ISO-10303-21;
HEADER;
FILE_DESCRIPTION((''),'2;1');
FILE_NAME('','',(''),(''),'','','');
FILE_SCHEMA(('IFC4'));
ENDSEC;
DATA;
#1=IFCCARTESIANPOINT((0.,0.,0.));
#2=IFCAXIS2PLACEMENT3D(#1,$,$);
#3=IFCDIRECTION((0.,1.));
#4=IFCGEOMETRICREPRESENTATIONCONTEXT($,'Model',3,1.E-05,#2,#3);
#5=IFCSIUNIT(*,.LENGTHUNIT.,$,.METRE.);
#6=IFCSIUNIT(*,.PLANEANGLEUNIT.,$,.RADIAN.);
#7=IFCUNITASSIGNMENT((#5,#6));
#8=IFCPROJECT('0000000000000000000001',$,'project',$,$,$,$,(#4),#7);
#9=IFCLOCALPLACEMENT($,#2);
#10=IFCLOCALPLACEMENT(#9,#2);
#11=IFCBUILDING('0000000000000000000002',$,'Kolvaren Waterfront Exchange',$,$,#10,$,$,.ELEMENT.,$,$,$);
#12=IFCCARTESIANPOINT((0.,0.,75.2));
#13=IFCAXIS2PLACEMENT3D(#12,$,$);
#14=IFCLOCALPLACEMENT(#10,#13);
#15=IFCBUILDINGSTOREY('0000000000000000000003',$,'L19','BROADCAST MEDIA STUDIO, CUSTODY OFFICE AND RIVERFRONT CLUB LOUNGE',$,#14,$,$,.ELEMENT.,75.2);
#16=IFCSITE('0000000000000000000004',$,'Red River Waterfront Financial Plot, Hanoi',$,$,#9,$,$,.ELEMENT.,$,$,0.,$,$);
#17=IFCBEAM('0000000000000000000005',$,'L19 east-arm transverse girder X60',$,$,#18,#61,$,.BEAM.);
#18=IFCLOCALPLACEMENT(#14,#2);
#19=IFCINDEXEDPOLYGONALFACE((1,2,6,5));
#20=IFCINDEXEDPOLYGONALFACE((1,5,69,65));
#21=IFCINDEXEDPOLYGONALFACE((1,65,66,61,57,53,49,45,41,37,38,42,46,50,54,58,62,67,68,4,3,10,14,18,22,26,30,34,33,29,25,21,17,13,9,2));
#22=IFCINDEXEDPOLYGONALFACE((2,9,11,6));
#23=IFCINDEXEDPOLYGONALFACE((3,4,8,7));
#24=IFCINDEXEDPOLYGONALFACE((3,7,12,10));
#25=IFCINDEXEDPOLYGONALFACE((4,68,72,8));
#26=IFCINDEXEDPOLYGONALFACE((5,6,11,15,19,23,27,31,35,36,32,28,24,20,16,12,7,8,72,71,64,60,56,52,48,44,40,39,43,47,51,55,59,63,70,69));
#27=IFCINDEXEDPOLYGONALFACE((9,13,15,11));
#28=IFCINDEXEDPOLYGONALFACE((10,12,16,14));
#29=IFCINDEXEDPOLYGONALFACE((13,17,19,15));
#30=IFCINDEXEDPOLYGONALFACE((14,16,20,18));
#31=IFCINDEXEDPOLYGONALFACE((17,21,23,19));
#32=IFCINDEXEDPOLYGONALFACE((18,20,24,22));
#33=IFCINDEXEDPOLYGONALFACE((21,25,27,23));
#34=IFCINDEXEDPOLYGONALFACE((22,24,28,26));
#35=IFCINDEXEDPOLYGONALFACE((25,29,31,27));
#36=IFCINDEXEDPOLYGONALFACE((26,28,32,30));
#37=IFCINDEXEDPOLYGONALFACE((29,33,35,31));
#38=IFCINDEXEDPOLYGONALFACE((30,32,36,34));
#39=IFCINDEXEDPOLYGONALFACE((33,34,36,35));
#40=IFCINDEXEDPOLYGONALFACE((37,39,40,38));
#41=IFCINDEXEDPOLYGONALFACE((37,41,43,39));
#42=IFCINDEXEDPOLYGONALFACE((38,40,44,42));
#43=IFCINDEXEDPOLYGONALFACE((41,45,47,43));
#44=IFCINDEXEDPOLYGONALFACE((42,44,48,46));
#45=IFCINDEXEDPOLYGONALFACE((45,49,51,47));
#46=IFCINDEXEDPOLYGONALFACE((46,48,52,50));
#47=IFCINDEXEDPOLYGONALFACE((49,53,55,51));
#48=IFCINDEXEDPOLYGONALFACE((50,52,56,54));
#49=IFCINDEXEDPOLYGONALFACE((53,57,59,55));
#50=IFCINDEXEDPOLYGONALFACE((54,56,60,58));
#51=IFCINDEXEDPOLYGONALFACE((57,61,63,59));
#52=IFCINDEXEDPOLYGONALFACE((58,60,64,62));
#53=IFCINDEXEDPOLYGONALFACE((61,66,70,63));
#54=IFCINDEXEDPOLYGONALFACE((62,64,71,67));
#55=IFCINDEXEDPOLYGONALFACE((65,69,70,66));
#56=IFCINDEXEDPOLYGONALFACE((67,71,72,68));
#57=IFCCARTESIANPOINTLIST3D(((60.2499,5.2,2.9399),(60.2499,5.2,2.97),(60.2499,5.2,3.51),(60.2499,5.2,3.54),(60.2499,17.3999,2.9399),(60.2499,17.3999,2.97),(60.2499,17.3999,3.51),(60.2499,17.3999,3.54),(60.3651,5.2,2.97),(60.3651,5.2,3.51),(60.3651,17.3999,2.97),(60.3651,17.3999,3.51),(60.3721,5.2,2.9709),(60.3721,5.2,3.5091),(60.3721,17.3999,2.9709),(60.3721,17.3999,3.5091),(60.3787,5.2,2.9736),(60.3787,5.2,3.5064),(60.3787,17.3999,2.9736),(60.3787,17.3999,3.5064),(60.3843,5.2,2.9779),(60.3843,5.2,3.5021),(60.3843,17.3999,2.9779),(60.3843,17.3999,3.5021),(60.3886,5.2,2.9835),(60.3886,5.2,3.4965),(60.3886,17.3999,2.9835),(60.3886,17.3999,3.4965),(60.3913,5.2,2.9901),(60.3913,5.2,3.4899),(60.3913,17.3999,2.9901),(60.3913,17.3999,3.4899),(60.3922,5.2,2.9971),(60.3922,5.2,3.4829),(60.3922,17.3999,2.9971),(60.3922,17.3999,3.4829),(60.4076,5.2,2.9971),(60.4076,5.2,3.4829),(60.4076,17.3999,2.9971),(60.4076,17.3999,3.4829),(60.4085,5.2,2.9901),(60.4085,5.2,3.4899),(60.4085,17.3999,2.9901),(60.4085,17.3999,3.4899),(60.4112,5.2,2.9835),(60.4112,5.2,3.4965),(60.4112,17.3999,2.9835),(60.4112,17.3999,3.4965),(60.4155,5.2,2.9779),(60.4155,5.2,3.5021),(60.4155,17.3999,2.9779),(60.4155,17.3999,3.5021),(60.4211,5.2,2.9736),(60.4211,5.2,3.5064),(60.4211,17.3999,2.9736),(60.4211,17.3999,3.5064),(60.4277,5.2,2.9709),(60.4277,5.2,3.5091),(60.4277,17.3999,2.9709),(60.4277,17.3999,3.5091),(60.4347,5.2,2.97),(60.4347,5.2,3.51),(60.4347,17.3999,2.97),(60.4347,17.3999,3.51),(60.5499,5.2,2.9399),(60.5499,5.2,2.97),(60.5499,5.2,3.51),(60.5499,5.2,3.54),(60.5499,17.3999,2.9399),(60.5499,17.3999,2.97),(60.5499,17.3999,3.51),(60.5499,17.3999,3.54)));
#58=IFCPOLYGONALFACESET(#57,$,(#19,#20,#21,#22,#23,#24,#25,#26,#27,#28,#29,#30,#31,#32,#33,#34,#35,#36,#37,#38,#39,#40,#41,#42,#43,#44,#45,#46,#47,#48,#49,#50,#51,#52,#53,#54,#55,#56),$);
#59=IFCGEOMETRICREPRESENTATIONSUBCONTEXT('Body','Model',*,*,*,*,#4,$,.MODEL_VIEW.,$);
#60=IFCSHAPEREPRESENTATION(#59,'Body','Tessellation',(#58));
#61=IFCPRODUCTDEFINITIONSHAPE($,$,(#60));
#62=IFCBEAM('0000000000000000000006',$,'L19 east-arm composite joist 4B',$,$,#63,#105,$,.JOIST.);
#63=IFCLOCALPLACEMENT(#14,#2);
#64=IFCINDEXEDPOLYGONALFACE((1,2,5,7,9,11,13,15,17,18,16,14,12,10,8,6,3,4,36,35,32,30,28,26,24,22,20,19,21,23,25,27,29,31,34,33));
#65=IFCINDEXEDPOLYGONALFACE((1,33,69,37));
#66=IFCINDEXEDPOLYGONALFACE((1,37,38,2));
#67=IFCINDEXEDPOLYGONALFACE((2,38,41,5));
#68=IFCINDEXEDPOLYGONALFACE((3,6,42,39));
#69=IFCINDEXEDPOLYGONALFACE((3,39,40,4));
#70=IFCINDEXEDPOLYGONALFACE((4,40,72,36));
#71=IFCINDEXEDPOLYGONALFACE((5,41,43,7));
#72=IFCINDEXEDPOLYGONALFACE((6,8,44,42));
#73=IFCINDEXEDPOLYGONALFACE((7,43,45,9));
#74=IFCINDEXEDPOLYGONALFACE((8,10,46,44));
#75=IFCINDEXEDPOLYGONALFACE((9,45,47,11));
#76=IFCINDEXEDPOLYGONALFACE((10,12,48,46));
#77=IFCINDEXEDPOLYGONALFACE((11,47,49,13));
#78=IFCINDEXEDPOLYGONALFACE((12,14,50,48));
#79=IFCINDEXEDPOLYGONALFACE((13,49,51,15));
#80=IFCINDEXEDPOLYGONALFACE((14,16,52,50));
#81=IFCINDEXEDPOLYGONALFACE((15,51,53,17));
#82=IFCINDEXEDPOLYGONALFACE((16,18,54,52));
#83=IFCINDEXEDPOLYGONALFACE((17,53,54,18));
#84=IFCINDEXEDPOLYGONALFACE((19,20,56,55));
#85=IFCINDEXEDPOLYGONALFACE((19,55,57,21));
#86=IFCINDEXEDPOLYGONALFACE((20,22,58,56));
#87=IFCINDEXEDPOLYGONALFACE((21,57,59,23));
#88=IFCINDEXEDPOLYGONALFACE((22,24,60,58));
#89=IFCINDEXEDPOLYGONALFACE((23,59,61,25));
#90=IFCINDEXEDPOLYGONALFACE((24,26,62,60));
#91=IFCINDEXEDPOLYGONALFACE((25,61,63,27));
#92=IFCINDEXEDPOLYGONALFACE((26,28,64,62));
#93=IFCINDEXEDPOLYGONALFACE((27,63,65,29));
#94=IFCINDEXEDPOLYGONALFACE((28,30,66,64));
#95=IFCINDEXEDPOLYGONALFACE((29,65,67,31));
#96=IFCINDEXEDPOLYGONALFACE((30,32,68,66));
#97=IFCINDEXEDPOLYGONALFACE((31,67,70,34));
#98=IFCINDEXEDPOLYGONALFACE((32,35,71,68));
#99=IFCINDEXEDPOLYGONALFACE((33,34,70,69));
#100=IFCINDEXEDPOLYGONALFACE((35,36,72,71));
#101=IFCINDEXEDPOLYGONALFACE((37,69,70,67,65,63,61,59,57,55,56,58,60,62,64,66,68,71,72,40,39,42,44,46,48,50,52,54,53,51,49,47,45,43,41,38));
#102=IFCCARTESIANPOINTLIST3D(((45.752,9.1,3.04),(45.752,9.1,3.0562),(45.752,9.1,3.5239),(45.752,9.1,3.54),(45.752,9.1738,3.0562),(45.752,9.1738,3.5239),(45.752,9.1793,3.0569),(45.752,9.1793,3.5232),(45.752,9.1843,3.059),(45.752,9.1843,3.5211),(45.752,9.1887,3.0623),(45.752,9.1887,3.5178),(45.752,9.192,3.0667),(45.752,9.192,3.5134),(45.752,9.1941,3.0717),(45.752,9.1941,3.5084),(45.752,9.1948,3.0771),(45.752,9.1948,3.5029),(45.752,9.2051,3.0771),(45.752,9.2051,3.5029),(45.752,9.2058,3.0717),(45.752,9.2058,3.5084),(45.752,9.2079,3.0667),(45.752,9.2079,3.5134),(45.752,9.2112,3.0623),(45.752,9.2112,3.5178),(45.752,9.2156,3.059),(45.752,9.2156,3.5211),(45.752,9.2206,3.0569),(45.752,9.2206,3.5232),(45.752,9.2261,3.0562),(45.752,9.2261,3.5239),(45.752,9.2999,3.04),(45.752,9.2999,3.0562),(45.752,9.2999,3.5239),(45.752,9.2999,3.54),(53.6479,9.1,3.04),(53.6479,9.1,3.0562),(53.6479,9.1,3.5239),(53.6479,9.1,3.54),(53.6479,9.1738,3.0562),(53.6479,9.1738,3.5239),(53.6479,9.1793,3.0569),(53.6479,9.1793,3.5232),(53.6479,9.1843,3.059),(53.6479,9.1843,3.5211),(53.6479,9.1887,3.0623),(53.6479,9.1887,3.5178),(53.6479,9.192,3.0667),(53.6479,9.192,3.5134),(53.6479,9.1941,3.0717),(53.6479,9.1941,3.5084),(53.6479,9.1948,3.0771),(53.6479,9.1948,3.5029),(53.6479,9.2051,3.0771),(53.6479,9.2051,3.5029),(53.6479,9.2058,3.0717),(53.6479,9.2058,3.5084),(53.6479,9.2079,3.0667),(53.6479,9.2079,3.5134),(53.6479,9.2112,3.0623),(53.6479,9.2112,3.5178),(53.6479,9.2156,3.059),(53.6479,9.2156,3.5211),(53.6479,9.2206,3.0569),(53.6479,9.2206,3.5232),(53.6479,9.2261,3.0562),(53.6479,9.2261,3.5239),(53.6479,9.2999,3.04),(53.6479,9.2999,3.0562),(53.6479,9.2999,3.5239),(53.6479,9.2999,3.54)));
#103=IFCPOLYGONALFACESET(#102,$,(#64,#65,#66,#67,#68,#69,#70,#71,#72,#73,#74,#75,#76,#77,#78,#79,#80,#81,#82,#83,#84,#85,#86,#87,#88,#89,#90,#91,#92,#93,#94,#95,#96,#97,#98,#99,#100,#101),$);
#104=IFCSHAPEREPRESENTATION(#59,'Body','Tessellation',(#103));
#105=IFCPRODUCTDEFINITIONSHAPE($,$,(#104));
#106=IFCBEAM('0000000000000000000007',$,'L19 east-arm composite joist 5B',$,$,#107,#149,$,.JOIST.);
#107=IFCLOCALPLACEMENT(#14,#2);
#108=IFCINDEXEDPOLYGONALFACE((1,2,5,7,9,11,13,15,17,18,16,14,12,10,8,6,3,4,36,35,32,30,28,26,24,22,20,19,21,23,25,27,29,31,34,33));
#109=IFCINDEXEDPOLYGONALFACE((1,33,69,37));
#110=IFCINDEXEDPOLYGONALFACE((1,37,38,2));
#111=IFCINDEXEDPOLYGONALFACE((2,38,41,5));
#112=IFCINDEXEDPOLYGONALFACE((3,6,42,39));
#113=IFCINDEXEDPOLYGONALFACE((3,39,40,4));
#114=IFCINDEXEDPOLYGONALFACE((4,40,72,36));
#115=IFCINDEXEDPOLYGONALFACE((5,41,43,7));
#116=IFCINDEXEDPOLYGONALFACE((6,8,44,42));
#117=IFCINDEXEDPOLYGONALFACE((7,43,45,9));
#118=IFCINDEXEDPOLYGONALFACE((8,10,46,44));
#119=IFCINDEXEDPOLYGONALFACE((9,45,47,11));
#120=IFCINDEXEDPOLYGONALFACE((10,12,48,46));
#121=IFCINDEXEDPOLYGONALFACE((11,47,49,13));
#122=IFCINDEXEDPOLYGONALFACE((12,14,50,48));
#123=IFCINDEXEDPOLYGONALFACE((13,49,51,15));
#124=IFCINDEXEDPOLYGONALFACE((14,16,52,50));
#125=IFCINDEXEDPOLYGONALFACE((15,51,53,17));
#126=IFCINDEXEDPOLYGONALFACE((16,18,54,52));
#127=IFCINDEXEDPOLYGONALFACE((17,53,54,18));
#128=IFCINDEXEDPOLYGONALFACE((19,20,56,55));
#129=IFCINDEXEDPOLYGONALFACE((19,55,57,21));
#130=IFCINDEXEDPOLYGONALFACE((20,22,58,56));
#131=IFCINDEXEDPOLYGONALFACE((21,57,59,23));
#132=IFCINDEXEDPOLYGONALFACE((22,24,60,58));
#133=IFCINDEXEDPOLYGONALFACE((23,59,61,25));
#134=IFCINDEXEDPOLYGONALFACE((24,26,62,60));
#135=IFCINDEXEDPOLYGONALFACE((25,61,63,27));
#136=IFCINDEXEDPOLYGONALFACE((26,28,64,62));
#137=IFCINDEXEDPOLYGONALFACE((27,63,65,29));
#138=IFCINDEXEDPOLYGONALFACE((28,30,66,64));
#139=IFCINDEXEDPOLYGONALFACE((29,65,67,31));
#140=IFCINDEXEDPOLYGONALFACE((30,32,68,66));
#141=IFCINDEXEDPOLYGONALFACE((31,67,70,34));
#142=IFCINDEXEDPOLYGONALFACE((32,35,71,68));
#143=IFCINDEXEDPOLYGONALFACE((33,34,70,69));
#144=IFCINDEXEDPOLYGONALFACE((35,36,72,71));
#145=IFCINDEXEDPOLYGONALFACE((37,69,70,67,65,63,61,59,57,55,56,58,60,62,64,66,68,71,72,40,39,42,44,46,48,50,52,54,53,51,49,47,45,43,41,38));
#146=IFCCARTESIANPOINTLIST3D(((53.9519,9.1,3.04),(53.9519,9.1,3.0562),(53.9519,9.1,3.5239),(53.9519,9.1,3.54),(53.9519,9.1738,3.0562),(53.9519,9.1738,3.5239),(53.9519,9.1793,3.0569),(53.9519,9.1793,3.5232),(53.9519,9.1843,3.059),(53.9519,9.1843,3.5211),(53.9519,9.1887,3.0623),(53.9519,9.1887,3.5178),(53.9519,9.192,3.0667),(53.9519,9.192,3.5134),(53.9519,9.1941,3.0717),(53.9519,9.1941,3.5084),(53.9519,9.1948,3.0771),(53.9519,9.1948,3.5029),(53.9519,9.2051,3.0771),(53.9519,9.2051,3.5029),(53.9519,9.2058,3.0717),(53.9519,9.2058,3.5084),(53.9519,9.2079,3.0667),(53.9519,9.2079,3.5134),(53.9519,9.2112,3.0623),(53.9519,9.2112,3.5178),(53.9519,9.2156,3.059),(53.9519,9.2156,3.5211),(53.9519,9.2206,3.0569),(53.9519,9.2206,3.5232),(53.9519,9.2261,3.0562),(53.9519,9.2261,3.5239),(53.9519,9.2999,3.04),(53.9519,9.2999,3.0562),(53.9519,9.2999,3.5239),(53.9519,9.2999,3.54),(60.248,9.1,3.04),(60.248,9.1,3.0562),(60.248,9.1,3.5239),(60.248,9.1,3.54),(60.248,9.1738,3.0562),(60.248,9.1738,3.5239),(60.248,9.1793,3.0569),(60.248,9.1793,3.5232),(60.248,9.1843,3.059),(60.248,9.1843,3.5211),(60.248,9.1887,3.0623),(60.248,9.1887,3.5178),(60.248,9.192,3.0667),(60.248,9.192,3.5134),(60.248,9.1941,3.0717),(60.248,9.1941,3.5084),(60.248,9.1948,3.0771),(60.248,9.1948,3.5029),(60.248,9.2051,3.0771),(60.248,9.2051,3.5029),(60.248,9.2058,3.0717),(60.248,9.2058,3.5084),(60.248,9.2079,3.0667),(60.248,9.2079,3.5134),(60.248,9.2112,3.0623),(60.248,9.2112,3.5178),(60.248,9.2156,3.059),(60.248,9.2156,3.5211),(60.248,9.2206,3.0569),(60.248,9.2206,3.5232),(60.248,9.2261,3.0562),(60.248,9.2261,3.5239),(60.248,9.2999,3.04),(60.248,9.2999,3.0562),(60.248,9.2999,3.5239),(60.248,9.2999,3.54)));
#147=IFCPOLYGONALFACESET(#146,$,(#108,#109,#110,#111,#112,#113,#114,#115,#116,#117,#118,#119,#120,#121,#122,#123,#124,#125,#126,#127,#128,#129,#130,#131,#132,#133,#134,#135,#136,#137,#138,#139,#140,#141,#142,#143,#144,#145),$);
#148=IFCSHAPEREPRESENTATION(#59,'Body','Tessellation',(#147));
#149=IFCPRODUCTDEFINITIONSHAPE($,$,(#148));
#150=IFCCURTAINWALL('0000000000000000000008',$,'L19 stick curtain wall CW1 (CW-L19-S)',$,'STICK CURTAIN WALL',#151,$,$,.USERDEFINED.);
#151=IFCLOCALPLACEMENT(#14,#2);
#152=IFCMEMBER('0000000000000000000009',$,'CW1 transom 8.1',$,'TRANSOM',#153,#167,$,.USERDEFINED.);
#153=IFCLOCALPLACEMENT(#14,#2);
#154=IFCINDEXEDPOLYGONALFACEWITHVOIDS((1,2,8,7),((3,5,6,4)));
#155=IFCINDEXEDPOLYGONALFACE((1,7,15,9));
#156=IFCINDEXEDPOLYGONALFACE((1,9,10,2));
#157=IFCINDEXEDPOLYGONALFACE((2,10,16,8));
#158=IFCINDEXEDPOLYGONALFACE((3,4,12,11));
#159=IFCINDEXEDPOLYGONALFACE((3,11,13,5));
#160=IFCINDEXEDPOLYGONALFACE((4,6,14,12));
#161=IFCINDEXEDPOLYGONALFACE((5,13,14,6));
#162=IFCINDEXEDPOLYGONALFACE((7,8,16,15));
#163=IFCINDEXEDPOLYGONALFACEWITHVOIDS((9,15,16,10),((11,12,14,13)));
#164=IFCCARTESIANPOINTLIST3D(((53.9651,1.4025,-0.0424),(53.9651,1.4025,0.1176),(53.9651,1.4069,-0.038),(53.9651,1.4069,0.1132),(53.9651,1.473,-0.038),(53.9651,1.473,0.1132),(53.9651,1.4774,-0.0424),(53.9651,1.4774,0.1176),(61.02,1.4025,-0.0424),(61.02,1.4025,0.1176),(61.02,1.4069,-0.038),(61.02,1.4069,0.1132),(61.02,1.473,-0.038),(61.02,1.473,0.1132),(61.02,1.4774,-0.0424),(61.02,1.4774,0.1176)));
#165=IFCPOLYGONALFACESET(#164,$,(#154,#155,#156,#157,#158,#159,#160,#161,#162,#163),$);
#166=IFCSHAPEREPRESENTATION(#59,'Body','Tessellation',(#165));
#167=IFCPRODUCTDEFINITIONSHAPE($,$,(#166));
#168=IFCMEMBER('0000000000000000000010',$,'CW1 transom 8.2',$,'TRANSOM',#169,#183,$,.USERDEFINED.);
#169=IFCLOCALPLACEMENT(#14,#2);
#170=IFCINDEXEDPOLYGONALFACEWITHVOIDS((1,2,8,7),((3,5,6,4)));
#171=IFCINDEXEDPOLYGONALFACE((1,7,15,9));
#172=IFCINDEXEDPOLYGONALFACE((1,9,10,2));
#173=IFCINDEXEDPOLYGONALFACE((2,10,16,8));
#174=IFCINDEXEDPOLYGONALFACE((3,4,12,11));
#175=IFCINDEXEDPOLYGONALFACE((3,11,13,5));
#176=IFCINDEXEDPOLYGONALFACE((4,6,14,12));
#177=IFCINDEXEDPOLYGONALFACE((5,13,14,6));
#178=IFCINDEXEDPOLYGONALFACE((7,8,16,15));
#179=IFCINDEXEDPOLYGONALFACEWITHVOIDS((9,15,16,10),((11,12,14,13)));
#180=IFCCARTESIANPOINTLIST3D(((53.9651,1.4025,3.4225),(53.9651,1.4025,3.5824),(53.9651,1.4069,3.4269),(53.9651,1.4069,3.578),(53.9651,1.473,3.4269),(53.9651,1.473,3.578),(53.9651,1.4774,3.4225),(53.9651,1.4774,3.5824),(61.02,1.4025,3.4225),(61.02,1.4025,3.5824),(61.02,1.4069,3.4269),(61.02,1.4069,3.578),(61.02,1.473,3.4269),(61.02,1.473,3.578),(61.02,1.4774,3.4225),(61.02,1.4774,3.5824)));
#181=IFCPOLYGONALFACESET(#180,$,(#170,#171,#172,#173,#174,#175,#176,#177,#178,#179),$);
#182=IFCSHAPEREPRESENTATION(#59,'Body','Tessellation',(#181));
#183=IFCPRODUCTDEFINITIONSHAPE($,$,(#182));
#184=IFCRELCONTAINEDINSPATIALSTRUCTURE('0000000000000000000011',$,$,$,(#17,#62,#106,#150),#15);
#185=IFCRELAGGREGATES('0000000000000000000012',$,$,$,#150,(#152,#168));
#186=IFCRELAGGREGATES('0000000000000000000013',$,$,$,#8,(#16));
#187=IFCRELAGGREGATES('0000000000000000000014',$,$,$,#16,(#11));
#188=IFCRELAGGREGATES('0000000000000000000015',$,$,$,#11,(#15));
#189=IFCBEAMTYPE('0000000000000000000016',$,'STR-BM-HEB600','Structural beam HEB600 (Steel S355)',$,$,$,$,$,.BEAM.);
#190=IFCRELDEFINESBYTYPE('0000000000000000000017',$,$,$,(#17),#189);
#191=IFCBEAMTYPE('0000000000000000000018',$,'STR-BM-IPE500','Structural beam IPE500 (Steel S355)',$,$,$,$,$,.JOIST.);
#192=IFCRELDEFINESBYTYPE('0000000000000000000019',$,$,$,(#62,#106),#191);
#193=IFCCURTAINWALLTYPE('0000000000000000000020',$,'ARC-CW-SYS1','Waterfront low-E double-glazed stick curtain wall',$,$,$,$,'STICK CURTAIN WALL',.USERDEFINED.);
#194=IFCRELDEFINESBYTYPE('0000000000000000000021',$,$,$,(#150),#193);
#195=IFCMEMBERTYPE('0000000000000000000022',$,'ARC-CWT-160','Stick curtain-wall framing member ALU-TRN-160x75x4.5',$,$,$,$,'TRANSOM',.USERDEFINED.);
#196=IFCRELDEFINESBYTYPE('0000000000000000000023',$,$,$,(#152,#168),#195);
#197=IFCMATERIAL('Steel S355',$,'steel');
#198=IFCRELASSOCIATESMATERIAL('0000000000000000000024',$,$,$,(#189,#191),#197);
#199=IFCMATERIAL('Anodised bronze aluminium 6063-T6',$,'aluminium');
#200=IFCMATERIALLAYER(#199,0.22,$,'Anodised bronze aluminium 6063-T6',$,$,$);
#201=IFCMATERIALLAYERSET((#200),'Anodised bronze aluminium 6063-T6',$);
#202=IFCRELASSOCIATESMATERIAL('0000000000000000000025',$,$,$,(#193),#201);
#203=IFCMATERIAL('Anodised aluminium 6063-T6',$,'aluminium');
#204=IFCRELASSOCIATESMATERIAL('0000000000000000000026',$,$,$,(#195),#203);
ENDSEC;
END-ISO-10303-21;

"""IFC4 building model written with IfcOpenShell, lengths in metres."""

from ifc_helpers import new_model, si_unit, direction, frame, origin, origin_with_axes, origin_2d, place, context, subcontext, project, spatial, hollow_rectangle, i_section, extrude, source, transform, mapped, material, layer, layer_set, material_profile, profile_set, type_object, element, aggregate, save


model = new_model("IFC4")

# Units and contexts
model_context = context("Model", 3, precision=1e-05, world=origin(), true_north=direction((0.0, 1.0)))
body_context = subcontext(model_context, "Body", "Model", "MODEL_VIEW")
ifc_project = project(units=[si_unit("LENGTHUNIT", "METRE"), si_unit("PLANEANGLEUNIT", "RADIAN")], contexts=[model_context])

# Site, building, storey
site_placement = place(None, origin())
site = spatial("IfcSite", under=ifc_project, at=site_placement, Name="Red River Waterfront Financial Plot, Hanoi", CompositionType="ELEMENT", RefElevation=0.0)
building_placement = place(site_placement, origin())
building = spatial("IfcBuilding", under=site, at=building_placement, Name="Kolvaren Waterfront Exchange", CompositionType="ELEMENT")
storey_placement = place(building_placement, frame((0.0, 0.0, 75.2)))
storey = spatial("IfcBuildingStorey", under=building, at=storey_placement, Name="L19", Description="BROADCAST MEDIA STUDIO, CUSTODY OFFICE AND RIVERFRONT CLUB LOUNGE", CompositionType="ELEMENT", Elevation=75.2)

# Beams
ifc_material_1 = material(Name="Steel S355", Category="steel")
ifc_material_profile_1 = material_profile(ifc_material_1, i_section(OverallWidth=0.3, OverallDepth=0.6001, WebThickness=0.0154, FlangeThickness=0.03, FilletRadius=0.0271, at=origin_2d()), Name="HEB600")
ifc_profile_set_1 = profile_set([ifc_material_profile_1], Name="Steel S355")
beam_type_1 = type_object("IfcBeamType", Name="STR-BM-HEB600", Description="Structural beam HEB600 (Steel S355)", PredefinedType="BEAM", material=ifc_profile_set_1)
for number, where, z_axis, x_axis, name in (
    (1, (60.3999, 5.2, 3.24), (0.0, 1.0, 0.0), (-1.0, 0.0, 0.0), "L19 east-arm transverse girder X60"),
):
    element("IfcBeam", number, at=place(storey_placement, frame(where, z_axis=z_axis, x_axis=x_axis)), inside=storey, type_object=beam_type_1, Name=name, PredefinedType="BEAM", context=body_context, shape_type="SweptSolid", body=[
        extrude(i_section(OverallWidth=0.3, OverallDepth=0.6001, WebThickness=0.0154, FlangeThickness=0.03, FilletRadius=0.0271, at=origin_2d()), origin(), (0.0, 0.0, 1.0), 12.2),
    ])
ifc_material_profile_2 = material_profile(ifc_material_1, i_section(OverallWidth=0.2, OverallDepth=0.5, WebThickness=0.0103, FlangeThickness=0.0161, FilletRadius=0.021, at=origin_2d()), Name="IPE500")
ifc_profile_set_2 = profile_set([ifc_material_profile_2], Name="Steel S355")
beam_type_2 = type_object("IfcBeamType", Name="STR-BM-IPE500", Description="Structural beam IPE500 (Steel S355)", PredefinedType="JOIST", material=ifc_profile_set_2)
beam_1_placement = place(storey_placement, frame((45.752, 9.2, 3.29), z_axis=(1.0, 0.0, 0.0), x_axis=(0.0, 1.0, 0.0)))
element("IfcBeam", 2, at=beam_1_placement, inside=storey, type_object=beam_type_2, Name="L19 east-arm composite joist 4B", PredefinedType="JOIST", context=body_context, shape_type="SweptSolid", body=[
    extrude(i_section(OverallWidth=0.2, OverallDepth=0.5, WebThickness=0.0103, FlangeThickness=0.0161, FilletRadius=0.021, at=origin_2d()), origin(), (0.0, 0.0, 1.0), 7.896),
])
beam_2_placement = place(storey_placement, frame((53.9519, 9.2, 3.29), z_axis=(1.0, 0.0, 0.0), x_axis=(0.0, 1.0, 0.0)))
element("IfcBeam", 3, at=beam_2_placement, inside=storey, type_object=beam_type_2, Name="L19 east-arm composite joist 5B", PredefinedType="JOIST", context=body_context, shape_type="SweptSolid", body=[
    extrude(i_section(OverallWidth=0.2, OverallDepth=0.5, WebThickness=0.0103, FlangeThickness=0.0161, FilletRadius=0.021, at=origin_2d()), origin(), (0.0, 0.0, 1.0), 6.2961),
])

# Curtain wall, members
ifc_material_2 = material(Name="Anodised bronze aluminium 6063-T6", Category="aluminium")
ifc_layer_1 = layer(ifc_material_2, 0.22, Name="Anodised bronze aluminium 6063-T6")
ifc_layer_set_1 = layer_set([ifc_layer_1], Name="Anodised bronze aluminium 6063-T6")
curtain_wall_type = type_object("IfcCurtainWallType", Name="ARC-CW-SYS1", Description="Waterfront low-E double-glazed stick curtain wall", ElementType="STICK CURTAIN WALL", PredefinedType="USERDEFINED", material=ifc_layer_set_1)
curtain_wall_placement = place(storey_placement, origin())
curtain_wall = element("IfcCurtainWall", 4, at=curtain_wall_placement, inside=storey, type_object=curtain_wall_type, Name="L19 stick curtain wall CW1 (CW-L19-S)", ObjectType="STICK CURTAIN WALL", PredefinedType="USERDEFINED")
ifc_material_3 = material(Name="Anodised aluminium 6063-T6", Category="aluminium")
ifc_material_profile_3 = material_profile(ifc_material_3, hollow_rectangle(XDim=0.075, YDim=0.1599, WallThickness=0.0044, at=origin_2d()), Name="ALU-TRN-160x75x4.5")
ifc_profile_set_3 = profile_set([ifc_material_profile_3], Name="Anodised aluminium 6063-T6")
member_type_1 = type_object("IfcMemberType", Name="ARC-CWT-160", Description="Stick curtain-wall framing member ALU-TRN-160x75x4.5", ElementType="TRANSOM", PredefinedType="USERDEFINED", material=ifc_profile_set_3)
shared_shape_1 = source(origin_with_axes(), body_context, "Body", "SweptSolid", [
    extrude(hollow_rectangle(XDim=0.075, YDim=0.1599, WallThickness=0.0044, at=origin_2d()), origin(), (0.0, 0.0, 1.0), 7.0549),
])
member_1_placement = place(storey_placement, frame((53.9651, 1.4399, 0.0376), z_axis=(1.0, 0.0, 0.0), x_axis=(0.0, 1.0, 0.0)))
member_1 = element("IfcMember", 5, at=member_1_placement, type_object=member_type_1, Name="CW1 transom 8.1", ObjectType="TRANSOM", PredefinedType="USERDEFINED", context=body_context, shape_type="MappedRepresentation", body=[
    mapped(shared_shape_1, transform((0.0, 0.0, 0.0), x_axis=(1.0, 0.0, 0.0), y_axis=(0.0, 1.0, 0.0), z_axis=(0.0, 0.0, 1.0), scale=1.0)),
])
member_2_placement = place(storey_placement, frame((53.9651, 1.4399, 3.5024), z_axis=(1.0, 0.0, 0.0), x_axis=(0.0, 1.0, 0.0)))
member_2 = element("IfcMember", 6, at=member_2_placement, type_object=member_type_1, Name="CW1 transom 8.2", ObjectType="TRANSOM", PredefinedType="USERDEFINED", context=body_context, shape_type="MappedRepresentation", body=[
    mapped(shared_shape_1, transform((0.0, 0.0, 0.0), x_axis=(1.0, 0.0, 0.0), y_axis=(0.0, 1.0, 0.0), z_axis=(0.0, 0.0, 1.0), scale=1.0)),
])
aggregate(curtain_wall, [member_1, member_2])

save(model, "model.ifc")
